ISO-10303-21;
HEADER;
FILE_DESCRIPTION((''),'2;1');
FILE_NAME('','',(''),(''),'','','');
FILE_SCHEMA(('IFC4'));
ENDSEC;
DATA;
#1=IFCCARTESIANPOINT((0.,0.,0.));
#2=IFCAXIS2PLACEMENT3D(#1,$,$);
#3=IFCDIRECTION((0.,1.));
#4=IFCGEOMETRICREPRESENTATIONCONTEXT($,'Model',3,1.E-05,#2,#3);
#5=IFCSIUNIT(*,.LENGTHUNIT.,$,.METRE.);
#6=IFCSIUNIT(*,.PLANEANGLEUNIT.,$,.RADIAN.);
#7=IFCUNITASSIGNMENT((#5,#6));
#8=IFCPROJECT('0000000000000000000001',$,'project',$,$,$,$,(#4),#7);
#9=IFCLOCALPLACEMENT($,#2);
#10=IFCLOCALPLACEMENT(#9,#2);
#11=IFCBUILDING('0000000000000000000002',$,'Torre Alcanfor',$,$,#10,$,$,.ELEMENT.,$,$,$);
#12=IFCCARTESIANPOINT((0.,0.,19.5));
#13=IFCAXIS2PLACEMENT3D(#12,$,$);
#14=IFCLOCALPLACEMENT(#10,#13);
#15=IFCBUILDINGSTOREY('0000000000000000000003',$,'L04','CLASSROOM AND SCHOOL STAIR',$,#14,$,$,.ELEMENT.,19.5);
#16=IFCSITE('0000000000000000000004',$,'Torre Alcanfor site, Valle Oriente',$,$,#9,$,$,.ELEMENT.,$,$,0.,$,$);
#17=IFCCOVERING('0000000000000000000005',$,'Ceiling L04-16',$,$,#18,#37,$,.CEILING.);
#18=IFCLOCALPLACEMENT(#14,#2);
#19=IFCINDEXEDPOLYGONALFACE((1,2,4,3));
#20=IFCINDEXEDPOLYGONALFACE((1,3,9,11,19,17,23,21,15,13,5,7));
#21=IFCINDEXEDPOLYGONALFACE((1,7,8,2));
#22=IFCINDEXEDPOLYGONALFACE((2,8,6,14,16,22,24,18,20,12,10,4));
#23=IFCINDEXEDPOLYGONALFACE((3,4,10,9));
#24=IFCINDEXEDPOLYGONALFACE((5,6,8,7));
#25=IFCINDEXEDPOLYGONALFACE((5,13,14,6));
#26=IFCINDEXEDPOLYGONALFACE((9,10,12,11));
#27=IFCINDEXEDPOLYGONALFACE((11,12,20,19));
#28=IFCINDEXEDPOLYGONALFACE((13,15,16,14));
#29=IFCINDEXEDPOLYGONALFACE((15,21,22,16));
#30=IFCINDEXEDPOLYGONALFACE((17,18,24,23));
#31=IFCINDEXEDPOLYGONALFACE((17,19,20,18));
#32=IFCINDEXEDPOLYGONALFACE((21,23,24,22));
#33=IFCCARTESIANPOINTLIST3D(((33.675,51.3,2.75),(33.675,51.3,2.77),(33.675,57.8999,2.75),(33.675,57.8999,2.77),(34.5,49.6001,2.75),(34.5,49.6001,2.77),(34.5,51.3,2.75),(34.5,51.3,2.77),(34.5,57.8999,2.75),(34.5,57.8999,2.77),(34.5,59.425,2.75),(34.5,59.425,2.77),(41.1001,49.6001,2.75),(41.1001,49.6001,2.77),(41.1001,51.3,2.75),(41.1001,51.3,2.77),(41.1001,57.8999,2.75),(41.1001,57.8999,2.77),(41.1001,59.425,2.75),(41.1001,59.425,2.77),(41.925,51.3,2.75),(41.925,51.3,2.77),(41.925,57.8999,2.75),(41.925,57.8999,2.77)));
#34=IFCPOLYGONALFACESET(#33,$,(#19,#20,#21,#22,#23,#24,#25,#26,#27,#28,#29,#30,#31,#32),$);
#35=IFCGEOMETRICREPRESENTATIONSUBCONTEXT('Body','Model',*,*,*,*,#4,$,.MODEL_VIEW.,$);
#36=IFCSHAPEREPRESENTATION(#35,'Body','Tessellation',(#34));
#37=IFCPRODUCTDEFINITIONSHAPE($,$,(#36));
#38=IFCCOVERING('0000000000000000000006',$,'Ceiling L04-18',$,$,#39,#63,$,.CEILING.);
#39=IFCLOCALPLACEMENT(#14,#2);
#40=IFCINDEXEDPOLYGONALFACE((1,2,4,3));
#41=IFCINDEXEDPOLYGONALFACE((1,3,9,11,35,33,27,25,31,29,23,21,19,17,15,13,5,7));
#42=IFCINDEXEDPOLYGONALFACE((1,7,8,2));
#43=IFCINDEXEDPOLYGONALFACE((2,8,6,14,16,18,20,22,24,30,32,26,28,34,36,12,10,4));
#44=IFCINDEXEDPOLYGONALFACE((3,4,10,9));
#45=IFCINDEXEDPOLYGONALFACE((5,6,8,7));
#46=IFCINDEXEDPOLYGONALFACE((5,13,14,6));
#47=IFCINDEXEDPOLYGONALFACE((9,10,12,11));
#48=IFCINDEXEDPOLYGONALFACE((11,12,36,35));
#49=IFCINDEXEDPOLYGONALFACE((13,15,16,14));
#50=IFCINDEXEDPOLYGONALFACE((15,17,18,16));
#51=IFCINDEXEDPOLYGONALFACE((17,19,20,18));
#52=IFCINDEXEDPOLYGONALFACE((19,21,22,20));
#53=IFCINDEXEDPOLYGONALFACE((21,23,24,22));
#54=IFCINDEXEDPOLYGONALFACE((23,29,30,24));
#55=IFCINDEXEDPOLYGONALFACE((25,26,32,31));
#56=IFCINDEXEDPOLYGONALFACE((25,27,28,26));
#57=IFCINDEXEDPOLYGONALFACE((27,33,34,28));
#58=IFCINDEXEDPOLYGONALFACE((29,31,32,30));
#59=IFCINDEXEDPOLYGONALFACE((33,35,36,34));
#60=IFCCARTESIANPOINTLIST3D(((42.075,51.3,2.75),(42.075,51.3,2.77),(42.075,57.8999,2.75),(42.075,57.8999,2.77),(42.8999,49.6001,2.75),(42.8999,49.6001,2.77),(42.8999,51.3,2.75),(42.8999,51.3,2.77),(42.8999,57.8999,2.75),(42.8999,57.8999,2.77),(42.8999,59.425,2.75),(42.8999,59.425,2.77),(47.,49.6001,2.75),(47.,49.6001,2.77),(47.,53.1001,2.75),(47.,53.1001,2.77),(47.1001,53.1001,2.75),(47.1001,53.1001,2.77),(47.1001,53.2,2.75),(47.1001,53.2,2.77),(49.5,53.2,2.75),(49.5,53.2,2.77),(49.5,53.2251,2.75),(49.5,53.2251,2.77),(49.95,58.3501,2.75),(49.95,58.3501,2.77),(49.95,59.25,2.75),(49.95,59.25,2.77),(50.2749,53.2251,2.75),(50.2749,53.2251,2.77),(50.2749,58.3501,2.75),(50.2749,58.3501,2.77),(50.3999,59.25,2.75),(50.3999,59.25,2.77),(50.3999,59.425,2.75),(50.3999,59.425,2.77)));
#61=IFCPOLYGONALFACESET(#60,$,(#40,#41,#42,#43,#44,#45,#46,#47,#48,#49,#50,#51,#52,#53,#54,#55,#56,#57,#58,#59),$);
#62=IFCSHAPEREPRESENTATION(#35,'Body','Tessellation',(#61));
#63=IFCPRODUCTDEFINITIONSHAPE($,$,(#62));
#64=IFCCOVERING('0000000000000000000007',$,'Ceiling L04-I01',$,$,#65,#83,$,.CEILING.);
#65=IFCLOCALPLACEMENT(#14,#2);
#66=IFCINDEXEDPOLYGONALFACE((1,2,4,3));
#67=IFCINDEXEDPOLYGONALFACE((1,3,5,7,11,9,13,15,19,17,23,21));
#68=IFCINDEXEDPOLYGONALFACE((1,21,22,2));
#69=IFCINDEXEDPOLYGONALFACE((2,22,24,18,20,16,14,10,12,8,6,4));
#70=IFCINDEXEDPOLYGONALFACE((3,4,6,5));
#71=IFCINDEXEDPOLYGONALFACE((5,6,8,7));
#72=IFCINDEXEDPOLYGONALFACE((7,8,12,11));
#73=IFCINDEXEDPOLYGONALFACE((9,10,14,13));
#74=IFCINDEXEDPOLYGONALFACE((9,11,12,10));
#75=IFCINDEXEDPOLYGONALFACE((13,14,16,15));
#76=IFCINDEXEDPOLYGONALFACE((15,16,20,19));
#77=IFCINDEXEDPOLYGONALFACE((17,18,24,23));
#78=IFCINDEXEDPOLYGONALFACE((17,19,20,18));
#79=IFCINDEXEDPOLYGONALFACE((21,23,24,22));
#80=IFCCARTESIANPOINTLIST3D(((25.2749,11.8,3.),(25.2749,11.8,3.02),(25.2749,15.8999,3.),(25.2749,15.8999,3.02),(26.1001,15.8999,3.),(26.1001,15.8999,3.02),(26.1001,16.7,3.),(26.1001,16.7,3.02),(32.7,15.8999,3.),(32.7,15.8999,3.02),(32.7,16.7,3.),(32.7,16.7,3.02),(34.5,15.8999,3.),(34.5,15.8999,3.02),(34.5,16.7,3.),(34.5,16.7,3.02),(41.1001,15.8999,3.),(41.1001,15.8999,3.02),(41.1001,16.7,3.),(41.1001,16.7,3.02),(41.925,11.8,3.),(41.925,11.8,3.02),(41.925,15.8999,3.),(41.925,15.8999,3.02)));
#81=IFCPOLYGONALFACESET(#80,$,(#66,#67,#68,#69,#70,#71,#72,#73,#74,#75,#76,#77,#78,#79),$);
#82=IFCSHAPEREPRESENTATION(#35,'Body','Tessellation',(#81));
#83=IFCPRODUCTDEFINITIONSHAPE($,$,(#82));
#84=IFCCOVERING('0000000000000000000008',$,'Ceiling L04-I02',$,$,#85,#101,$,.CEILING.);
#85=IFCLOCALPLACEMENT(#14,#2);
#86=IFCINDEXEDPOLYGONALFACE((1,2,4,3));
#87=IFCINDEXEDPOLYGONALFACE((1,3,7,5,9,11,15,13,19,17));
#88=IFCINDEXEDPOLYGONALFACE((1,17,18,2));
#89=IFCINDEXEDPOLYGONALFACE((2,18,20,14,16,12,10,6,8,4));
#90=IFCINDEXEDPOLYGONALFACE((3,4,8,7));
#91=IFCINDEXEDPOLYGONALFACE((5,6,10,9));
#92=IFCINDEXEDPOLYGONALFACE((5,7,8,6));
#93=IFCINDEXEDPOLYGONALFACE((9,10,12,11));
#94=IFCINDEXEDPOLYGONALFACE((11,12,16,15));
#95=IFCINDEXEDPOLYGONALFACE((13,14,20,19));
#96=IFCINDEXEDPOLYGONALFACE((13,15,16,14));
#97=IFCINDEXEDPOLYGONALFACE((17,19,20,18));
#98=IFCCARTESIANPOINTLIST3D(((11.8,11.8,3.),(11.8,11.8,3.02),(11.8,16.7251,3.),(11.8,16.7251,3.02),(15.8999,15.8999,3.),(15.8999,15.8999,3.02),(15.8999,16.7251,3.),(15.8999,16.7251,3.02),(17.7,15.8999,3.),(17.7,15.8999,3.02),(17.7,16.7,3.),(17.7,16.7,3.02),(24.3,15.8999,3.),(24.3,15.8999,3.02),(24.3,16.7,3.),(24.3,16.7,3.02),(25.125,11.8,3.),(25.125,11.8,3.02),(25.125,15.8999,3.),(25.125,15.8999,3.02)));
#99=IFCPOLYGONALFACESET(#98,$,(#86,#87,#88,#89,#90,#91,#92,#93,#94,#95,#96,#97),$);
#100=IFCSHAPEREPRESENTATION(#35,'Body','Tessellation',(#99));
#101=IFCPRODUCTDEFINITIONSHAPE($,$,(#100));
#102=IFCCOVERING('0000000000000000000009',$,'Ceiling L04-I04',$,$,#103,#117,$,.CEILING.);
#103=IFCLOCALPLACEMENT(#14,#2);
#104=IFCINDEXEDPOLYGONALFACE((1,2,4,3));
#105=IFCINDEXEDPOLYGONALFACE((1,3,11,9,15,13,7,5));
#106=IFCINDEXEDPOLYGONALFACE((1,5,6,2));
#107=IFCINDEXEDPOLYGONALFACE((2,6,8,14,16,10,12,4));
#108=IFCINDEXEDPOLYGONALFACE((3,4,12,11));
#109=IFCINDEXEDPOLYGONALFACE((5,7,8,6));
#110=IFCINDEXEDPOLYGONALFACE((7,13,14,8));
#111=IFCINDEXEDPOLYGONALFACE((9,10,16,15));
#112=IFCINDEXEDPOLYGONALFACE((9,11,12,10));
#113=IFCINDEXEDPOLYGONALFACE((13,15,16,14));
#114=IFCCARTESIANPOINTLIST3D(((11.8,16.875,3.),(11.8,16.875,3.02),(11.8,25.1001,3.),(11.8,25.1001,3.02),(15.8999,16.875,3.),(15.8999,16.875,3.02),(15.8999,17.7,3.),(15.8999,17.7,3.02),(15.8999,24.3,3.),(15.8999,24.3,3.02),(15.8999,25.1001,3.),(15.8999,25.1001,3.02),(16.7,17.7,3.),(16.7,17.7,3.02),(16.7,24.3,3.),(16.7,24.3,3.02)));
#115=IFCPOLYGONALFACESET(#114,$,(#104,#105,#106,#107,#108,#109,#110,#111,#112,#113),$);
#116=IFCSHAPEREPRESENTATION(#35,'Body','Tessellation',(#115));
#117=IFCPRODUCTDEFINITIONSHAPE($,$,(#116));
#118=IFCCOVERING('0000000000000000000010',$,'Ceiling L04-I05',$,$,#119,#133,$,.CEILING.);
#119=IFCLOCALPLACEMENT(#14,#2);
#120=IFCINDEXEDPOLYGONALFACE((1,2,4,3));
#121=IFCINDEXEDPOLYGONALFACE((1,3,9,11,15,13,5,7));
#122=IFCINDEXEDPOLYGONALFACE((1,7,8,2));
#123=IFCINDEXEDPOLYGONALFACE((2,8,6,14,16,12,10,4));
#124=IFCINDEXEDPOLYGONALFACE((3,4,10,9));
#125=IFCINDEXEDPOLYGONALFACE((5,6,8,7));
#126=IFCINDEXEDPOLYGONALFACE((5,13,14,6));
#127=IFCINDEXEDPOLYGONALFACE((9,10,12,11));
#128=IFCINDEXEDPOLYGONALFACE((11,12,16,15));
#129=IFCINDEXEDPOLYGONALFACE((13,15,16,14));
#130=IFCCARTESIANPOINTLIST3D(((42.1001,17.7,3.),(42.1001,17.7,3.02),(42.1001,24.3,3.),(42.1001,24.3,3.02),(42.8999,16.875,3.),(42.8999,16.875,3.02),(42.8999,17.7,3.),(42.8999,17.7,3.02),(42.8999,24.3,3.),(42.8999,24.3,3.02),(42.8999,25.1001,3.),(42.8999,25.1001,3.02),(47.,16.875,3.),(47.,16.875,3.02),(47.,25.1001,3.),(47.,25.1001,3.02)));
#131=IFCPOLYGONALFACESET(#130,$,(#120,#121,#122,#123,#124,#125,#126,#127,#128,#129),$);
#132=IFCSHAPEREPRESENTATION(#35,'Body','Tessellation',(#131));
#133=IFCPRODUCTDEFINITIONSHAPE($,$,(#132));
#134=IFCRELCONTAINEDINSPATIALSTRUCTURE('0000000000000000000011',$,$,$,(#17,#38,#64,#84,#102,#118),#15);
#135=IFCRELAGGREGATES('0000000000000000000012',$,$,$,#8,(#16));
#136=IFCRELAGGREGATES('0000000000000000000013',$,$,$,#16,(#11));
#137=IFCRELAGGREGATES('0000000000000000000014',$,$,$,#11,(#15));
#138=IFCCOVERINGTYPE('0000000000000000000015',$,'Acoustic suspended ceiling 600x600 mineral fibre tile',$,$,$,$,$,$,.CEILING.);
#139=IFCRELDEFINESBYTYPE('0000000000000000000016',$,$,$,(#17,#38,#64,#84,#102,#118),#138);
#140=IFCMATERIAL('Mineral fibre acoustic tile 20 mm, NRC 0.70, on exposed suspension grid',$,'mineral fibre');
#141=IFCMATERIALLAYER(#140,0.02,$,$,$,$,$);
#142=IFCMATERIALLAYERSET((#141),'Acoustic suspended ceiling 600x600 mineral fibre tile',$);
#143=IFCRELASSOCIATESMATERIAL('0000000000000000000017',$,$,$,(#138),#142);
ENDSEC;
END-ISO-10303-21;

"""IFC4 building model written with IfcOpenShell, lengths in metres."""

from ifc_helpers import new_model, si_unit, direction, frame, origin, place, context, subcontext, project, spatial, polyline, outline, extrude, material, layer, layer_set, type_object, element, save


model = new_model("IFC4")

# Units and contexts
model_context = context("Model", 3, precision=1e-05, world=origin(), true_north=direction((0.0, 1.0)))
body_context = subcontext(model_context, "Body", "Model", "MODEL_VIEW")
ifc_project = project(units=[si_unit("LENGTHUNIT", "METRE"), si_unit("PLANEANGLEUNIT", "RADIAN")], contexts=[model_context])

# Site, building, storey
site_placement = place(None, origin())
site = spatial("IfcSite", under=ifc_project, at=site_placement, Name="Torre Alcanfor site, Valle Oriente", CompositionType="ELEMENT", RefElevation=0.0)
building_placement = place(site_placement, origin())
building = spatial("IfcBuilding", under=site, at=building_placement, Name="Torre Alcanfor", CompositionType="ELEMENT")
storey_placement = place(building_placement, frame((0.0, 0.0, 19.5)))
storey = spatial("IfcBuildingStorey", under=building, at=storey_placement, Name="L04", Description="CLASSROOM AND SCHOOL STAIR", CompositionType="ELEMENT", Elevation=19.5)

# Coverings
ifc_material_1 = material(Name="Mineral fibre acoustic tile 20 mm, NRC 0.70, on exposed suspension grid", Category="mineral fibre")
ifc_layer_1 = layer(ifc_material_1, 0.02)
ifc_layer_set_1 = layer_set([ifc_layer_1], Name="Acoustic suspended ceiling 600x600 mineral fibre tile")
covering_type = type_object("IfcCoveringType", Name="Acoustic suspended ceiling 600x600 mineral fibre tile", PredefinedType="CEILING", material=ifc_layer_set_1)
covering_1_placement = place(storey_placement, frame((0.0, 0.0, 2.75)))
element("IfcCovering", 1, at=covering_1_placement, inside=storey, type_object=covering_type, Name="Ceiling L04-16", PredefinedType="CEILING", context=body_context, shape_type="SweptSolid", body=[
    extrude(outline(polyline([(33.675, 51.3), (34.5, 51.3), (34.5, 49.6001), (41.1001, 49.6001), (41.1001, 51.3), (41.925, 51.3), (41.925, 57.8999), (41.1001, 57.8999), (41.1001, 59.425), (34.5, 59.425), (34.5, 57.8999), (33.675, 57.8999), (33.675, 51.3)])), origin(), (0.0, 0.0, 1.0), 0.02),
])
covering_2_placement = place(storey_placement, frame((0.0, 0.0, 2.75)))
element("IfcCovering", 2, at=covering_2_placement, inside=storey, type_object=covering_type, Name="Ceiling L04-18", PredefinedType="CEILING", context=body_context, shape_type="SweptSolid", body=[
    extrude(outline(polyline([(42.075, 51.3), (42.8999, 51.3), (42.8999, 49.6001), (47.0, 49.6001), (47.0, 53.1001), (47.1001, 53.1001), (47.1001, 53.2), (49.5, 53.2), (49.5, 53.2251), (50.2749, 53.2251), (50.2749, 58.3501), (49.95, 58.3501), (49.95, 59.25), (50.3999, 59.25), (50.3999, 59.425), (42.8999, 59.425), (42.8999, 57.8999), (42.075, 57.8999), (42.075, 51.3)])), origin(), (0.0, 0.0, 1.0), 0.02),
])
covering_3_placement = place(storey_placement, frame((0.0, 0.0, 3.0)))
element("IfcCovering", 3, at=covering_3_placement, inside=storey, type_object=covering_type, Name="Ceiling L04-I01", PredefinedType="CEILING", context=body_context, shape_type="SweptSolid", body=[
    extrude(outline(polyline([(34.5, 15.8999), (32.7, 15.8999), (32.7, 16.7), (26.1001, 16.7), (26.1001, 15.8999), (25.2749, 15.8999), (25.2749, 11.8), (41.925, 11.8), (41.925, 15.8999), (41.1001, 15.8999), (41.1001, 16.7), (34.5, 16.7), (34.5, 15.8999)])), origin(), (0.0, 0.0, 1.0), 0.02),
])
covering_4_placement = place(storey_placement, frame((0.0, 0.0, 3.0)))
element("IfcCovering", 4, at=covering_4_placement, inside=storey, type_object=covering_type, Name="Ceiling L04-I02", PredefinedType="CEILING", context=body_context, shape_type="SweptSolid", body=[
    extrude(outline(polyline([(17.7, 15.8999), (15.8999, 15.8999), (15.8999, 16.7251), (11.8, 16.7251), (11.8, 11.8), (25.125, 11.8), (25.125, 15.8999), (24.3, 15.8999), (24.3, 16.7), (17.7, 16.7), (17.7, 15.8999)])), origin(), (0.0, 0.0, 1.0), 0.02),
])
covering_5_placement = place(storey_placement, frame((0.0, 0.0, 3.0)))
element("IfcCovering", 5, at=covering_5_placement, inside=storey, type_object=covering_type, Name="Ceiling L04-I04", PredefinedType="CEILING", context=body_context, shape_type="SweptSolid", body=[
    extrude(outline(polyline([(16.7, 24.3), (15.8999, 24.3), (15.8999, 25.1001), (11.8, 25.1001), (11.8, 16.875), (15.8999, 16.875), (15.8999, 17.7), (16.7, 17.7), (16.7, 24.3)])), origin(), (0.0, 0.0, 1.0), 0.02),
])
covering_6_placement = place(storey_placement, frame((0.0, 0.0, 3.0)))
element("IfcCovering", 6, at=covering_6_placement, inside=storey, type_object=covering_type, Name="Ceiling L04-I05", PredefinedType="CEILING", context=body_context, shape_type="SweptSolid", body=[
    extrude(outline(polyline([(42.8999, 25.1001), (42.8999, 24.3), (42.1001, 24.3), (42.1001, 17.7), (42.8999, 17.7), (42.8999, 16.875), (47.0, 16.875), (47.0, 25.1001), (42.8999, 25.1001)])), origin(), (0.0, 0.0, 1.0), 0.02),
])

save(model, "model.ifc")
